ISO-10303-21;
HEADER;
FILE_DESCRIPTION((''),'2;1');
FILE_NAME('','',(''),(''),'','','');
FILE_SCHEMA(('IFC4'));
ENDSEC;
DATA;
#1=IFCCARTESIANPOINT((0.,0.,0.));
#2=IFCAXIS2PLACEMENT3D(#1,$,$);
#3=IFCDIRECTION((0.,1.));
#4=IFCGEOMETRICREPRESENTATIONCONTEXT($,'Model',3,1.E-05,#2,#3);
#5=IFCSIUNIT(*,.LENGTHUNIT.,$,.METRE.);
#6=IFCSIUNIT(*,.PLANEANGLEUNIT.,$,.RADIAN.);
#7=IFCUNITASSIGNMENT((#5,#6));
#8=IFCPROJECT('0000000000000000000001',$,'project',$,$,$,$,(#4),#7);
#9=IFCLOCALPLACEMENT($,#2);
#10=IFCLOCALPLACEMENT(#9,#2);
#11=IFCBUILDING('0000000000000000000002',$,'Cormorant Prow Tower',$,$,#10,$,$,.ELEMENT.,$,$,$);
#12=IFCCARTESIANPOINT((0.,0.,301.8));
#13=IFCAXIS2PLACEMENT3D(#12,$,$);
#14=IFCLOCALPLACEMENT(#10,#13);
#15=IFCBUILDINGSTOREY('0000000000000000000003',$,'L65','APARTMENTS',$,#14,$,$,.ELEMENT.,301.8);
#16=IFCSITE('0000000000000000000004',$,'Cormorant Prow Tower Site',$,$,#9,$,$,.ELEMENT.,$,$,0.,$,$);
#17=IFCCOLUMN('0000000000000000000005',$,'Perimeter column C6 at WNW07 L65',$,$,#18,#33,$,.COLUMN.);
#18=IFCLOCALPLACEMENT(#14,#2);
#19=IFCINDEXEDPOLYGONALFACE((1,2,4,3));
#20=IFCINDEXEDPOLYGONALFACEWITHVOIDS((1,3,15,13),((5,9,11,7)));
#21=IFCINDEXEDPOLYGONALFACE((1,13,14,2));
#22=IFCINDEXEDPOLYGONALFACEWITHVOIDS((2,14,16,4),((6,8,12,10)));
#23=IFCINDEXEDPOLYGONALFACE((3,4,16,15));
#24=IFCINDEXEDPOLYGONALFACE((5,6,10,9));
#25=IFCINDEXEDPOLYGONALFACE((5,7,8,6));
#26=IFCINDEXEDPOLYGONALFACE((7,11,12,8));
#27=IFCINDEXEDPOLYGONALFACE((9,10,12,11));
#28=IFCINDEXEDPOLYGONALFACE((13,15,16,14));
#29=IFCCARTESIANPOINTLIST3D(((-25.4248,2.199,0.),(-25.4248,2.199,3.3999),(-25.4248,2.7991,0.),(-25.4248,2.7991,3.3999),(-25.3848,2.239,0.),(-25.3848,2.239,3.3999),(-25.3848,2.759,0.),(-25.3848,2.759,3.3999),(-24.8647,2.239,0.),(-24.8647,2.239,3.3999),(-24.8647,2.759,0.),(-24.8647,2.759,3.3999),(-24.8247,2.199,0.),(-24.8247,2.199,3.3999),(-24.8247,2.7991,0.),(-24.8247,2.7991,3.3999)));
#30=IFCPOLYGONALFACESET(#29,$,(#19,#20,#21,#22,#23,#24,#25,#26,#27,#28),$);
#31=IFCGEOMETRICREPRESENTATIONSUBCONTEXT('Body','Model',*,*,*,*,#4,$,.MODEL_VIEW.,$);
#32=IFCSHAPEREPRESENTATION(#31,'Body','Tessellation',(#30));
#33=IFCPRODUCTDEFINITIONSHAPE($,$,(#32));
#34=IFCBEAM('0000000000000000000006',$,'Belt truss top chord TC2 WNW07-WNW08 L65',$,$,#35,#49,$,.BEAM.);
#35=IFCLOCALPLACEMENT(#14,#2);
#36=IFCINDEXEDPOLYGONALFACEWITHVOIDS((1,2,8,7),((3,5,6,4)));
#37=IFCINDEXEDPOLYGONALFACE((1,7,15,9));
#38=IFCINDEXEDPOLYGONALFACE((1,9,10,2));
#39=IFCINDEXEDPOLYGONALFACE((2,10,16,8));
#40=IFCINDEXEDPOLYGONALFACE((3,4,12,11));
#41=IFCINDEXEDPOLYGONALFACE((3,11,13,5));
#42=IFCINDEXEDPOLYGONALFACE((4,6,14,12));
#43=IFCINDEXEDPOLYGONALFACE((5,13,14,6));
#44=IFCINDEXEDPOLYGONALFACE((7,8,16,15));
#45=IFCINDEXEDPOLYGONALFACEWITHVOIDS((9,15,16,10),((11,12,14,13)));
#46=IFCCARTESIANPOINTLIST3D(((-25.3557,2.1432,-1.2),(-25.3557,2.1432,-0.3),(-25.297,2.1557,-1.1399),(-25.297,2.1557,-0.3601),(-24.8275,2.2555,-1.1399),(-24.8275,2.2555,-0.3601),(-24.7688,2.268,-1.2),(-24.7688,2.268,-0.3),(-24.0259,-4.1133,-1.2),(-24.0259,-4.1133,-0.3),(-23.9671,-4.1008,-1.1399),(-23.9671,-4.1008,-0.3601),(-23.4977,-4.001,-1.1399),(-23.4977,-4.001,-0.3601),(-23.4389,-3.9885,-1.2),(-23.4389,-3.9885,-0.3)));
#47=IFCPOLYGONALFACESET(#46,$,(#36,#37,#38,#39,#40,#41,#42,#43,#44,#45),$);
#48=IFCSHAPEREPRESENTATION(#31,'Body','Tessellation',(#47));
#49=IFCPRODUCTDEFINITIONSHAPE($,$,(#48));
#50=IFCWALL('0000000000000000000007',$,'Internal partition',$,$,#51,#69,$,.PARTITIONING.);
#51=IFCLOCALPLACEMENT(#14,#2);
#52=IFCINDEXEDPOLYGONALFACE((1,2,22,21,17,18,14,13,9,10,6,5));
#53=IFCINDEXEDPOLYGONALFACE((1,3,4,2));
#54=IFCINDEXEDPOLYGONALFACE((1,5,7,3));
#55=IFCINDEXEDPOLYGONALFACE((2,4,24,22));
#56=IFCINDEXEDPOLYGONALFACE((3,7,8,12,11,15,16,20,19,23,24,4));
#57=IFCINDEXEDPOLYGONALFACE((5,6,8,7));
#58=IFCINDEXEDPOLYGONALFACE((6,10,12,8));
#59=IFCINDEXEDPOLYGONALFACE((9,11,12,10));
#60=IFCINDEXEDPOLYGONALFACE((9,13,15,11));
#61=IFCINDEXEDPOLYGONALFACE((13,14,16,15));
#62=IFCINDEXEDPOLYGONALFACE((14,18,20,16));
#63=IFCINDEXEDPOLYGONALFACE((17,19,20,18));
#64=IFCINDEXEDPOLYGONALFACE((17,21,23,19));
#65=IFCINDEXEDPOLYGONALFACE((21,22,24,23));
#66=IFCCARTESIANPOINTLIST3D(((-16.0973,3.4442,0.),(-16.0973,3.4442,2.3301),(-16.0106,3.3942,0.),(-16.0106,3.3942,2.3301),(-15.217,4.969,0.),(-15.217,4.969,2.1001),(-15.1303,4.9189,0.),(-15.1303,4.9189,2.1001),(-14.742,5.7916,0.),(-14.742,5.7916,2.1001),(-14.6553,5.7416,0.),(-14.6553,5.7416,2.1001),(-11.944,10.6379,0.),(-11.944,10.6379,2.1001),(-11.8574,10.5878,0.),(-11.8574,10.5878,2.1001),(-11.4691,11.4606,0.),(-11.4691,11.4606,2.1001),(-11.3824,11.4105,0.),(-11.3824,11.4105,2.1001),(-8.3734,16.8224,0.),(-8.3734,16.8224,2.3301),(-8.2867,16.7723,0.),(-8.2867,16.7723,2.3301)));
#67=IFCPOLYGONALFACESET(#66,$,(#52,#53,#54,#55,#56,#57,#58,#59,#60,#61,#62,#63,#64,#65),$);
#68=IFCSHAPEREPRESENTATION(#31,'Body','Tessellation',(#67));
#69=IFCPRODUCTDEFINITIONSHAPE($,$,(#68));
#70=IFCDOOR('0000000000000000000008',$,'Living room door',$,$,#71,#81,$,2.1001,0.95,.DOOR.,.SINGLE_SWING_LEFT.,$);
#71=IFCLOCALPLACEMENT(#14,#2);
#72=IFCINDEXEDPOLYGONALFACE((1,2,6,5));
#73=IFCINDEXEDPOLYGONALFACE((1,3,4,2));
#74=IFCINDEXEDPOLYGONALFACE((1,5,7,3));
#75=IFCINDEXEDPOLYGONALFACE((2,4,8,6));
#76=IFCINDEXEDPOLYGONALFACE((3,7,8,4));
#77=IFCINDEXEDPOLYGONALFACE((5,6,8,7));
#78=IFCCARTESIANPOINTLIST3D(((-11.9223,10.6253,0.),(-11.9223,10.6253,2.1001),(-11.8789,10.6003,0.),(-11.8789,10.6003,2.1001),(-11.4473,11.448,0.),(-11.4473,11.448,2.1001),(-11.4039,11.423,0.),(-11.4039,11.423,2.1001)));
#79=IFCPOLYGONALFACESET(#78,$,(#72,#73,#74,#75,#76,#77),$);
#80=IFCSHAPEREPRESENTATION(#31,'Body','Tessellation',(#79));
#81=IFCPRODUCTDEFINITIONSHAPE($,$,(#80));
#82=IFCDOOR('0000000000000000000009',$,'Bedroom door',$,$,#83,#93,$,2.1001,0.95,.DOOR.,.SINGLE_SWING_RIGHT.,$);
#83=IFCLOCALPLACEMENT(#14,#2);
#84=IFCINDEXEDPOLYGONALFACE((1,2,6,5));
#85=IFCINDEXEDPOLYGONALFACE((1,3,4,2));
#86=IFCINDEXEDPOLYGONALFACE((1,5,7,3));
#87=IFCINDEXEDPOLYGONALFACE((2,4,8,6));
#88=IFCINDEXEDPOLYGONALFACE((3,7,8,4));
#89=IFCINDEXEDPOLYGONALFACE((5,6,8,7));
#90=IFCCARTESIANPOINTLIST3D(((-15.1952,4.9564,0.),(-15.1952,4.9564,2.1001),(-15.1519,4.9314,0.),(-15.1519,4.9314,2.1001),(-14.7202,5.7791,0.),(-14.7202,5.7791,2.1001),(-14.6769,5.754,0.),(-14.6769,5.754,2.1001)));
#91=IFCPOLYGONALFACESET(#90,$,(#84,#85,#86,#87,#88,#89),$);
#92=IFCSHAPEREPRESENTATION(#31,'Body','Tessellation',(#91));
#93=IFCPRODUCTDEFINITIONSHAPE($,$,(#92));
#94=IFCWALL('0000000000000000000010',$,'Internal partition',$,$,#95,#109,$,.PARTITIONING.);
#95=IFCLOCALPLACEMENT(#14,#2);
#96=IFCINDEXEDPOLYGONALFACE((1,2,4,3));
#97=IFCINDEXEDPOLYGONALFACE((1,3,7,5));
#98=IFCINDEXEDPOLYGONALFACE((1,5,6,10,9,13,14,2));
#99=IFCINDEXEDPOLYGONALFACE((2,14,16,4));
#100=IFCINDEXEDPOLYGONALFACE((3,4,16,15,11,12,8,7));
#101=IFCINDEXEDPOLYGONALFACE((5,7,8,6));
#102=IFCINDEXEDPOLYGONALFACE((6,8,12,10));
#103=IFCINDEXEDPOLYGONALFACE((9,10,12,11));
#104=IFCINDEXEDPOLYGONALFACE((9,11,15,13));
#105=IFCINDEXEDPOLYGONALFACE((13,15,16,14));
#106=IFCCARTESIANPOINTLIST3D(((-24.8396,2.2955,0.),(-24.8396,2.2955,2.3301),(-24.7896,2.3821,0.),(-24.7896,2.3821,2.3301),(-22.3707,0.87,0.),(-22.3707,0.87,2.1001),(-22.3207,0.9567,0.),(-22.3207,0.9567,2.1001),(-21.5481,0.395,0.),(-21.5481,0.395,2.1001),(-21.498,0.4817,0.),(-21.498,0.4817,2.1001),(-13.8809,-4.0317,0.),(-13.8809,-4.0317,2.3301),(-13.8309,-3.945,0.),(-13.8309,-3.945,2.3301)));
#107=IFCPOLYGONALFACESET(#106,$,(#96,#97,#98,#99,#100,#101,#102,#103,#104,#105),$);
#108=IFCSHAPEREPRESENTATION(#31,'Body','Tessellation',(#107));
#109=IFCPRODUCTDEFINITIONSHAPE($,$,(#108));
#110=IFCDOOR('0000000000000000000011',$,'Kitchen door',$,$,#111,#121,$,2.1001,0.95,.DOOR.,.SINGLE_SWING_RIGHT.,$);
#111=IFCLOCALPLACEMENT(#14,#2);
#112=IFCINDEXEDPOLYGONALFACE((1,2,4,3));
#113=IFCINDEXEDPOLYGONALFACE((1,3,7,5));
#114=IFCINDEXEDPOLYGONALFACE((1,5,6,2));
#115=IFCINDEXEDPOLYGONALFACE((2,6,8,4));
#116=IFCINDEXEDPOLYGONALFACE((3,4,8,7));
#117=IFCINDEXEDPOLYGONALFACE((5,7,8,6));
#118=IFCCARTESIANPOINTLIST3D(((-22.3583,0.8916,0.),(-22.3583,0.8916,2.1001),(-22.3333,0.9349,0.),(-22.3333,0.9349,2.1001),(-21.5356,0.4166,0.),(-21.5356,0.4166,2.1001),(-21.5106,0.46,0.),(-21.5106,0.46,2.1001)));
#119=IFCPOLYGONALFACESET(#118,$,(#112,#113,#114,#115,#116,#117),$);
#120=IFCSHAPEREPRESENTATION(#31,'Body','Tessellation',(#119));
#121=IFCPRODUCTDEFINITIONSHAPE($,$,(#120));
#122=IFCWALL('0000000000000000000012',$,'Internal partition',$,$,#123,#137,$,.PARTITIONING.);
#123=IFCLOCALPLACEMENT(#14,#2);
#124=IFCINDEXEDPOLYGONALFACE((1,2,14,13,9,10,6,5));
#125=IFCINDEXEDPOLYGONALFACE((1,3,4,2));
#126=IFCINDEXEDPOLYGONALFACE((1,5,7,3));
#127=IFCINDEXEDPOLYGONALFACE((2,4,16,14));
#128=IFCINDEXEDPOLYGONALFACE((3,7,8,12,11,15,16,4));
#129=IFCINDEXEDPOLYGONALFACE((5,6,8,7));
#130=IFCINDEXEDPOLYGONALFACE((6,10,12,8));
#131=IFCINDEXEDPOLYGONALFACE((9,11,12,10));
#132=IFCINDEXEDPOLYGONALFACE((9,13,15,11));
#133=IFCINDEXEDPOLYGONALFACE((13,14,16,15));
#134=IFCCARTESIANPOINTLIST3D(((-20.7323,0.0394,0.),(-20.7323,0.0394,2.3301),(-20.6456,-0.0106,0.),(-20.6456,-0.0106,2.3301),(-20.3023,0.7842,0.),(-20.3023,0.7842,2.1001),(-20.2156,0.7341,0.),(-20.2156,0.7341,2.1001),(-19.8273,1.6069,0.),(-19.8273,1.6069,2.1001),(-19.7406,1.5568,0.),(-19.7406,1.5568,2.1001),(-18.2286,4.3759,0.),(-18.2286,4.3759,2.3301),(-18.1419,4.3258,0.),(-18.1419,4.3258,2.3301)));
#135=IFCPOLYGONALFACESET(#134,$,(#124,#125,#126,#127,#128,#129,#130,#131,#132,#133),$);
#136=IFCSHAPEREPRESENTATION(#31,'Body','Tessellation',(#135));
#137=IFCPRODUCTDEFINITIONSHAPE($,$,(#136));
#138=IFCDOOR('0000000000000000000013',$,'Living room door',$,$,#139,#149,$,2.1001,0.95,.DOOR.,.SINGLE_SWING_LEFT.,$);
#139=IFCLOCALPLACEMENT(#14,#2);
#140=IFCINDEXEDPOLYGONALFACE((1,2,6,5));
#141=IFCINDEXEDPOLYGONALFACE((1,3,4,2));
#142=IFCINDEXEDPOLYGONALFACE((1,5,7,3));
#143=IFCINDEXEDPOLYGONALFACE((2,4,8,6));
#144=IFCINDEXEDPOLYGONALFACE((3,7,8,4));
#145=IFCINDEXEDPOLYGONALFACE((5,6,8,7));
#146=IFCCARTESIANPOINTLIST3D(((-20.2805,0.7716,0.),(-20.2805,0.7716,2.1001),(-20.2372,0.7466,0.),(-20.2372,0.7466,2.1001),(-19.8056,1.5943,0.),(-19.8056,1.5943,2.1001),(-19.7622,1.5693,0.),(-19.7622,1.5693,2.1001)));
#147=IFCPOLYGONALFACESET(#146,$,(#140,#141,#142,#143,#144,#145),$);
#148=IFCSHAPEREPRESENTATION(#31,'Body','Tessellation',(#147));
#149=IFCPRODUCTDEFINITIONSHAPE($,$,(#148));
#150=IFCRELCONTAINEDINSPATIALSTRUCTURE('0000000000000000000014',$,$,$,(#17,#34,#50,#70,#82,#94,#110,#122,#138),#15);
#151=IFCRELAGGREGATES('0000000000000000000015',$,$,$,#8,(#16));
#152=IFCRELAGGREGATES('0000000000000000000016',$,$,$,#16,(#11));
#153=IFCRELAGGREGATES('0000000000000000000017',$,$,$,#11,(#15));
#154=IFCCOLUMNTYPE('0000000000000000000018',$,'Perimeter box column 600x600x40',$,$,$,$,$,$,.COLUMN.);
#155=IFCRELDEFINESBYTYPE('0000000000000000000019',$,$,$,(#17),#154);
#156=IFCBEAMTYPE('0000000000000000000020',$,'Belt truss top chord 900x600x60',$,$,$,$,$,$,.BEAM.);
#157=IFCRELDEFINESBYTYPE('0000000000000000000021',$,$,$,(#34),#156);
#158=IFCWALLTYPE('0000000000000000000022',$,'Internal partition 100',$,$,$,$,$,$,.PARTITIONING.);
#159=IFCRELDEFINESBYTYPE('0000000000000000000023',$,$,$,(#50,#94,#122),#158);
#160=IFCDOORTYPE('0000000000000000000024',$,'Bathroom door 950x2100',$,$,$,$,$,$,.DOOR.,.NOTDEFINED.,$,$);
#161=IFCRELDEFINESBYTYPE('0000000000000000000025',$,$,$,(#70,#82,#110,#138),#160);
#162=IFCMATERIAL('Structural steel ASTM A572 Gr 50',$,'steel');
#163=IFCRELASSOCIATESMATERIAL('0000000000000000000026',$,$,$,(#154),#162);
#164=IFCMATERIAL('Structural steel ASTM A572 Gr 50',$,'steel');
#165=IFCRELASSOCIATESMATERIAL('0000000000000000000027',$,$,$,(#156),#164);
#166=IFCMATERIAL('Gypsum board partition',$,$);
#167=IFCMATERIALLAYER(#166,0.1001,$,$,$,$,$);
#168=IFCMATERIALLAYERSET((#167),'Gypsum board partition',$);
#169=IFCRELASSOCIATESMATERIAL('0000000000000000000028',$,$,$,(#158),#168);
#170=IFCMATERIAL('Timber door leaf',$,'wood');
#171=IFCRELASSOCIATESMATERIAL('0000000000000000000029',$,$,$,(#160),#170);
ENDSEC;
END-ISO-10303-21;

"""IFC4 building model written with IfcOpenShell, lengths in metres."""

from ifc_helpers import new_model, si_unit, direction, frame, frame_2d, origin, origin_2d, place, context, subcontext, project, spatial, rectangle, hollow_rectangle, extrude, material, layer, layer_set, material_profile, profile_set, type_object, element, fill, save


model = new_model("IFC4")

# Units and contexts
model_context = context("Model", 3, precision=1e-05, world=origin(), true_north=direction((0.0, 1.0)))
body_context = subcontext(model_context, "Body", "Model", "MODEL_VIEW")
ifc_project = project(units=[si_unit("LENGTHUNIT", "METRE"), si_unit("PLANEANGLEUNIT", "RADIAN")], contexts=[model_context])

# Site, building, storey
site_placement = place(None, origin())
site = spatial("IfcSite", under=ifc_project, at=site_placement, Name="Cormorant Prow Tower Site", CompositionType="ELEMENT", RefElevation=0.0)
building_placement = place(site_placement, origin())
building = spatial("IfcBuilding", under=site, at=building_placement, Name="Cormorant Prow Tower", CompositionType="ELEMENT")
storey_placement = place(building_placement, frame((0.0, 0.0, 301.8)))
storey = spatial("IfcBuildingStorey", under=building, at=storey_placement, Name="L65", Description="APARTMENTS", CompositionType="ELEMENT", Elevation=301.8)

# Column
ifc_material_1 = material(Name="Structural steel ASTM A572 Gr 50", Category="steel")
ifc_material_profile_1 = material_profile(ifc_material_1, hollow_rectangle(XDim=0.6001, YDim=0.6001, WallThickness=0.04, at=origin_2d()), Name="Box 600x600x40")
ifc_profile_set_1 = profile_set([ifc_material_profile_1], Name="Structural steel ASTM A572 Gr 50")
column_type = type_object("IfcColumnType", Name="Perimeter box column 600x600x40", PredefinedType="COLUMN", material=ifc_profile_set_1)
column_placement = place(storey_placement, frame((-25.1248, 2.499, 0.0), z_axis=(0.0, 0.0, 1.0), x_axis=(1.0, 0.0, 0.0)))
element("IfcColumn", 1, at=column_placement, inside=storey, type_object=column_type, Name="Perimeter column C6 at WNW07 L65", PredefinedType="COLUMN", context=body_context, shape_type="SweptSolid", body=[
    extrude(hollow_rectangle(XDim=0.6001, YDim=0.6001, WallThickness=0.04, at=origin_2d()), origin(), (0.0, 0.0, 1.0), 3.3999),
])

# Beam
ifc_material_2 = material(Name="Structural steel ASTM A572 Gr 50", Category="steel")
ifc_material_profile_2 = material_profile(ifc_material_2, hollow_rectangle(XDim=0.6001, YDim=0.8999, WallThickness=0.0601, at=origin_2d()), Name="Box 900x600x60")
ifc_profile_set_2 = profile_set([ifc_material_profile_2], Name="Structural steel ASTM A572 Gr 50")
beam_type = type_object("IfcBeamType", Name="Belt truss top chord 900x600x60", PredefinedType="BEAM", material=ifc_profile_set_2)
beam_placement = place(storey_placement, frame((-25.0623, 2.2056, -0.75), z_axis=(0.207913, -0.978147, 0.0), x_axis=(0.978147, 0.207913, 0.0)))
element("IfcBeam", 2, at=beam_placement, inside=storey, type_object=beam_type, Name="Belt truss top chord TC2 WNW07-WNW08 L65", PredefinedType="BEAM", context=body_context, shape_type="SweptSolid", body=[
    extrude(hollow_rectangle(XDim=0.6001, YDim=0.8999, WallThickness=0.0601, at=origin_2d()), origin(), (0.0, 0.0, 1.0), 6.3962),
])

# Wall, openings, doors
ifc_material_3 = material(Name="Gypsum board partition")
ifc_layer_1 = layer(ifc_material_3, 0.1001)
ifc_layer_set_1 = layer_set([ifc_layer_1], Name="Gypsum board partition")
wall_type_1 = type_object("IfcWallType", Name="Internal partition 100", PredefinedType="PARTITIONING", material=ifc_layer_set_1)
wall_1_placement = place(storey_placement, frame((-16.054, 3.4192, 0.0), z_axis=(0.0, 0.0, 1.0), x_axis=(0.499999, 0.866026, 0.0)))
wall_1 = element("IfcWall", 3, at=wall_1_placement, inside=storey, type_object=wall_type_1, Name="Internal partition", PredefinedType="PARTITIONING", context=body_context, shape_type="SweptSolid", body=[
    extrude(rectangle(XDim=15.4478, YDim=0.1001, at=frame_2d((7.7239, 0.0))), origin(), (0.0, 0.0, 1.0), 2.3301),
])
opening_1_placement = place(wall_1_placement, frame((8.3064, 0.0, 0.0)))
opening_1 = element("IfcOpeningElement", 4, at=opening_1_placement, cuts=wall_1, PredefinedType="OPENING", context=body_context, shape_type="SweptSolid", body=[
    extrude(rectangle(XDim=0.95, YDim=2.1001, at=frame_2d((0.4751, 1.05))), frame((0.0, 0.0601, 0.0), z_axis=(0.0, -1.0, 0.0), x_axis=(1.0, 0.0, 0.0)), (0.0, 0.0, 1.0), 0.1201),
])
opening_2_placement = place(wall_1_placement, frame((1.7605, 0.0, 0.0)))
opening_2 = element("IfcOpeningElement", 5, at=opening_2_placement, cuts=wall_1, PredefinedType="OPENING", context=body_context, shape_type="SweptSolid", body=[
    extrude(rectangle(XDim=0.95, YDim=2.1001, at=frame_2d((0.4751, 1.05))), frame((0.0, 0.0601, 0.0), z_axis=(0.0, -1.0, 0.0), x_axis=(1.0, 0.0, 0.0)), (0.0, 0.0, 1.0), 0.1201),
])
ifc_material_4 = material(Name="Timber door leaf", Category="wood")
door_type_1 = type_object("IfcDoorType", Name="Bathroom door 950x2100", OperationType="NOTDEFINED", PredefinedType="DOOR", material=ifc_material_4)
door_1_placement = place(opening_1_placement, origin())
door_1 = element("IfcDoor", 6, at=door_1_placement, inside=storey, type_object=door_type_1, Name="Living room door", OperationType="SINGLE_SWING_LEFT", OverallHeight=2.1001, OverallWidth=0.95, PredefinedType="DOOR", context=body_context, shape_type="SweptSolid", body=[
    extrude(rectangle(XDim=0.95, YDim=2.1001, at=frame_2d((0.4751, 1.05))), frame((0.0, 0.0249, 0.0), z_axis=(0.0, -1.0, 0.0), x_axis=(1.0, 0.0, 0.0)), (0.0, 0.0, 1.0), 0.05),
])
fill(opening_1, door_1)
door_2_placement = place(opening_2_placement, origin())
door_2 = element("IfcDoor", 7, at=door_2_placement, inside=storey, type_object=door_type_1, Name="Bedroom door", OperationType="SINGLE_SWING_RIGHT", OverallHeight=2.1001, OverallWidth=0.95, PredefinedType="DOOR", context=body_context, shape_type="SweptSolid", body=[
    extrude(rectangle(XDim=0.95, YDim=2.1001, at=frame_2d((0.4751, 1.05))), frame((0.0, 0.0249, 0.0), z_axis=(0.0, -1.0, 0.0), x_axis=(1.0, 0.0, 0.0)), (0.0, 0.0, 1.0), 0.05),
])
fill(opening_2, door_2)

# Walls, openings, doors
wall_2_placement = place(storey_placement, frame((-24.8147, 2.3389, 0.0), z_axis=(0.0, 0.0, 1.0), x_axis=(0.866021, -0.500007, 0.0)))
wall_2 = element("IfcWall", 8, at=wall_2_placement, inside=storey, type_object=wall_type_1, Name="Internal partition", PredefinedType="PARTITIONING", context=body_context, shape_type="SweptSolid", body=[
    extrude(rectangle(XDim=12.6541, YDim=0.1001, at=frame_2d((6.3271, 0.0))), origin(), (0.0, 0.0, 1.0), 2.3301),
])
opening_3_placement = place(wall_2_placement, frame((2.8508, 0.0, 0.0)))
opening_3 = element("IfcOpeningElement", 9, at=opening_3_placement, cuts=wall_2, PredefinedType="OPENING", context=body_context, shape_type="SweptSolid", body=[
    extrude(rectangle(XDim=0.95, YDim=2.1001, at=frame_2d((0.4751, 1.05))), frame((0.0, 0.0601, 0.0), z_axis=(0.0, -1.0, 0.0), x_axis=(1.0, 0.0, 0.0)), (0.0, 0.0, 1.0), 0.1201),
])
door_3_placement = place(opening_3_placement, origin())
door_3 = element("IfcDoor", 10, at=door_3_placement, inside=storey, type_object=door_type_1, Name="Kitchen door", OperationType="SINGLE_SWING_RIGHT", OverallHeight=2.1001, OverallWidth=0.95, PredefinedType="DOOR", context=body_context, shape_type="SweptSolid", body=[
    extrude(rectangle(XDim=0.95, YDim=2.1001, at=frame_2d((0.4751, 1.05))), frame((0.0, 0.0249, 0.0), z_axis=(0.0, -1.0, 0.0), x_axis=(1.0, 0.0, 0.0)), (0.0, 0.0, 1.0), 0.05),
])
fill(opening_3, door_3)
wall_3_placement = place(storey_placement, frame((-20.689, 0.0144, 0.0), z_axis=(0.0, 0.0, 1.0), x_axis=(0.500004, 0.866023, 0.0)))
wall_3 = element("IfcWall", 11, at=wall_3_placement, inside=storey, type_object=wall_type_1, Name="Internal partition", PredefinedType="PARTITIONING", context=body_context, shape_type="SweptSolid", body=[
    extrude(rectangle(XDim=5.0073, YDim=0.1001, at=frame_2d((2.5037, 0.0))), origin(), (0.0, 0.0, 1.0), 2.3301),
])
opening_4_placement = place(wall_3_placement, frame((0.8599, 0.0, 0.0)))
opening_4 = element("IfcOpeningElement", 12, at=opening_4_placement, cuts=wall_3, PredefinedType="OPENING", context=body_context, shape_type="SweptSolid", body=[
    extrude(rectangle(XDim=0.95, YDim=2.1001, at=frame_2d((0.4751, 1.05))), frame((0.0, 0.0601, 0.0), z_axis=(0.0, -1.0, 0.0), x_axis=(1.0, 0.0, 0.0)), (0.0, 0.0, 1.0), 0.1201),
])
door_4_placement = place(opening_4_placement, origin())
door_4 = element("IfcDoor", 13, at=door_4_placement, inside=storey, type_object=door_type_1, Name="Living room door", OperationType="SINGLE_SWING_LEFT", OverallHeight=2.1001, OverallWidth=0.95, PredefinedType="DOOR", context=body_context, shape_type="SweptSolid", body=[
    extrude(rectangle(XDim=0.95, YDim=2.1001, at=frame_2d((0.4751, 1.05))), frame((0.0, 0.0249, 0.0), z_axis=(0.0, -1.0, 0.0), x_axis=(1.0, 0.0, 0.0)), (0.0, 0.0, 1.0), 0.05),
])
fill(opening_4, door_4)

save(model, "model.ifc")
